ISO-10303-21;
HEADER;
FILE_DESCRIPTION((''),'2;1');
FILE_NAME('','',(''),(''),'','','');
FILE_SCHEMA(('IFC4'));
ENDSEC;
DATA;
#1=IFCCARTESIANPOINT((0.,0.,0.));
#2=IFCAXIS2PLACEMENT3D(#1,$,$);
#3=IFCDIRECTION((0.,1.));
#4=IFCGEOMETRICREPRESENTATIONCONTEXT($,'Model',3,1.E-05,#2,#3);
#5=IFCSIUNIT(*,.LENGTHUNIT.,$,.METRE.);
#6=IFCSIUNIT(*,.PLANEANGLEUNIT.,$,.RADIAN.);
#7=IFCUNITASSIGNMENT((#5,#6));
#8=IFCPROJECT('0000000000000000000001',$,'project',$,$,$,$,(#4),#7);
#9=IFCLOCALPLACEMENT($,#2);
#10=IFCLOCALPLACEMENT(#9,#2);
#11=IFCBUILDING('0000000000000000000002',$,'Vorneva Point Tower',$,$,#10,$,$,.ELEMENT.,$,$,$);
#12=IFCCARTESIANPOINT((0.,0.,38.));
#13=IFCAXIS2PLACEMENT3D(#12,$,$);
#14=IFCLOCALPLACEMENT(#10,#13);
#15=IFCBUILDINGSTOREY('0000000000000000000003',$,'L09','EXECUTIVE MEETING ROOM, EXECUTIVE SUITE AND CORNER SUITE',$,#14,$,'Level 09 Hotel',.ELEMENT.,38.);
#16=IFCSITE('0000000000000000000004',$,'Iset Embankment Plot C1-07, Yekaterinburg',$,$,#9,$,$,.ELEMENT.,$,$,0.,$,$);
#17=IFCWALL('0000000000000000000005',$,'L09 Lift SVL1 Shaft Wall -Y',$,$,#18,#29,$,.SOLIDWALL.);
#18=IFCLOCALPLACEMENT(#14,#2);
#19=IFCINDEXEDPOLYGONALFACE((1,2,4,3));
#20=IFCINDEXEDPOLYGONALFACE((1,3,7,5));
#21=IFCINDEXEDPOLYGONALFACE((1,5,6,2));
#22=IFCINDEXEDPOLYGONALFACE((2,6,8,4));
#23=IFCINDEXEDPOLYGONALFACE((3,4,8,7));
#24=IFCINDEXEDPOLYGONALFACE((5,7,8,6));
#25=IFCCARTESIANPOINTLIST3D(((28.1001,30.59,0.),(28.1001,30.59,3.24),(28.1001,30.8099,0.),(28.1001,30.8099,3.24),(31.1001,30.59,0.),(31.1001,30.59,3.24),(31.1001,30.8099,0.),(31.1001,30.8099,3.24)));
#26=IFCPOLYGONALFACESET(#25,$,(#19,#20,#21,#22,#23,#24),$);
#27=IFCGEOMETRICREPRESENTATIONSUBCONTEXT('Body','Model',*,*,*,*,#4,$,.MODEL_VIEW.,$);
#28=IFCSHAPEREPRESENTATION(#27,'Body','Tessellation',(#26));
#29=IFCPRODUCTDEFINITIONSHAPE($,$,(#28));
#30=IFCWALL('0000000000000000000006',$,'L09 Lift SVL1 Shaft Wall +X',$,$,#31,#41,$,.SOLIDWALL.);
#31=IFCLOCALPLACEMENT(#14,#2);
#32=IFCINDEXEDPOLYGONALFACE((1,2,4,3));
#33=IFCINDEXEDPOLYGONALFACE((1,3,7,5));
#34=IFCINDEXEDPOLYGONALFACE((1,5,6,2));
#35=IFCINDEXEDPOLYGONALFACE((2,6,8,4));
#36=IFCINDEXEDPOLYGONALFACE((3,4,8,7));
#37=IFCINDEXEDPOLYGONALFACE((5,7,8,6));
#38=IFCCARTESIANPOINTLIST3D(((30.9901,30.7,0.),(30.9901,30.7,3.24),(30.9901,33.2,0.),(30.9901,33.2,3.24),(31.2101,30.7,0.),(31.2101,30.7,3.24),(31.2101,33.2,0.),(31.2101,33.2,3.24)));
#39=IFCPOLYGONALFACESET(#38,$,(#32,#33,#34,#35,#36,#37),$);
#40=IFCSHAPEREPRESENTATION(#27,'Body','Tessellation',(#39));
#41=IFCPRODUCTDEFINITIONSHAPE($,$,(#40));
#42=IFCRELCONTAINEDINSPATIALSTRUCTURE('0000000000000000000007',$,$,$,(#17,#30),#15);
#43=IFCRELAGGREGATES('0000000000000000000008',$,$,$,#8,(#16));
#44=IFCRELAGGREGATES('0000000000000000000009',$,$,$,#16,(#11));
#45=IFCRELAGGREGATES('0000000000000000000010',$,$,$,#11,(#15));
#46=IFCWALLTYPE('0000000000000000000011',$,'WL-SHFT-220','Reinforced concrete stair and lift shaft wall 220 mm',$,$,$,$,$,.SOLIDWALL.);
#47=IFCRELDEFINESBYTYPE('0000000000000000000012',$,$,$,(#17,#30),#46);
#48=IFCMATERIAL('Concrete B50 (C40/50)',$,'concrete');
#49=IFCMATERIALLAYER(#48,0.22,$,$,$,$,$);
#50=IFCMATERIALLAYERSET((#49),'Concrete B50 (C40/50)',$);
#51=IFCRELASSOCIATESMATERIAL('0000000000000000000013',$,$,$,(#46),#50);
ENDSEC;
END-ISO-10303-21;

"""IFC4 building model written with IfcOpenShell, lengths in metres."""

from ifc_helpers import new_model, si_unit, direction, frame, frame_2d, origin, place, context, subcontext, project, spatial, rectangle, extrude, material, layer, layer_set, type_object, element, save


model = new_model("IFC4")

# Units and contexts
model_context = context("Model", 3, precision=1e-05, world=origin(), true_north=direction((0.0, 1.0)))
body_context = subcontext(model_context, "Body", "Model", "MODEL_VIEW")
ifc_project = project(units=[si_unit("LENGTHUNIT", "METRE"), si_unit("PLANEANGLEUNIT", "RADIAN")], contexts=[model_context])

# Site, building, storey
site_placement = place(None, origin())
site = spatial("IfcSite", under=ifc_project, at=site_placement, Name="Iset Embankment Plot C1-07, Yekaterinburg", CompositionType="ELEMENT", RefElevation=0.0)
building_placement = place(site_placement, origin())
building = spatial("IfcBuilding", under=site, at=building_placement, Name="Vorneva Point Tower", CompositionType="ELEMENT")
storey_placement = place(building_placement, frame((0.0, 0.0, 38.0)))
storey = spatial("IfcBuildingStorey", under=building, at=storey_placement, Name="L09", Description="EXECUTIVE MEETING ROOM, EXECUTIVE SUITE AND CORNER SUITE", LongName="Level 09 Hotel", CompositionType="ELEMENT", Elevation=38.0)

# Shared definitions
ifc_material_1 = material(Name="Concrete B50 (C40/50)", Category="concrete")
ifc_layer_1 = layer(ifc_material_1, 0.22)
ifc_layer_set_1 = layer_set([ifc_layer_1], Name="Concrete B50 (C40/50)")
wall_type_1 = type_object("IfcWallType", Name="WL-SHFT-220", Description="Reinforced concrete stair and lift shaft wall 220 mm", PredefinedType="SOLIDWALL", material=ifc_layer_set_1)

# Walls
wall_1_placement = place(storey_placement, frame((28.1001, 30.7, 0.0), z_axis=(0.0, 0.0, 1.0), x_axis=(1.0, 0.0, 0.0)))
element("IfcWall", 1, at=wall_1_placement, inside=storey, type_object=wall_type_1, Name="L09 Lift SVL1 Shaft Wall -Y", PredefinedType="SOLIDWALL", context=body_context, shape_type="SweptSolid", body=[
    extrude(rectangle(XDim=3.0, YDim=0.22, at=frame_2d((1.5, 0.0))), origin(), (0.0, 0.0, 1.0), 3.24),
])
wall_2_placement = place(storey_placement, frame((31.1001, 30.7, 0.0), z_axis=(0.0, 0.0, 1.0), x_axis=(0.0, 1.0, 0.0)))
element("IfcWall", 2, at=wall_2_placement, inside=storey, type_object=wall_type_1, Name="L09 Lift SVL1 Shaft Wall +X", PredefinedType="SOLIDWALL", context=body_context, shape_type="SweptSolid", body=[
    extrude(rectangle(XDim=2.5, YDim=0.22, at=frame_2d((1.25, 0.0))), origin(), (0.0, 0.0, 1.0), 3.24),
])

save(model, "model.ifc")
